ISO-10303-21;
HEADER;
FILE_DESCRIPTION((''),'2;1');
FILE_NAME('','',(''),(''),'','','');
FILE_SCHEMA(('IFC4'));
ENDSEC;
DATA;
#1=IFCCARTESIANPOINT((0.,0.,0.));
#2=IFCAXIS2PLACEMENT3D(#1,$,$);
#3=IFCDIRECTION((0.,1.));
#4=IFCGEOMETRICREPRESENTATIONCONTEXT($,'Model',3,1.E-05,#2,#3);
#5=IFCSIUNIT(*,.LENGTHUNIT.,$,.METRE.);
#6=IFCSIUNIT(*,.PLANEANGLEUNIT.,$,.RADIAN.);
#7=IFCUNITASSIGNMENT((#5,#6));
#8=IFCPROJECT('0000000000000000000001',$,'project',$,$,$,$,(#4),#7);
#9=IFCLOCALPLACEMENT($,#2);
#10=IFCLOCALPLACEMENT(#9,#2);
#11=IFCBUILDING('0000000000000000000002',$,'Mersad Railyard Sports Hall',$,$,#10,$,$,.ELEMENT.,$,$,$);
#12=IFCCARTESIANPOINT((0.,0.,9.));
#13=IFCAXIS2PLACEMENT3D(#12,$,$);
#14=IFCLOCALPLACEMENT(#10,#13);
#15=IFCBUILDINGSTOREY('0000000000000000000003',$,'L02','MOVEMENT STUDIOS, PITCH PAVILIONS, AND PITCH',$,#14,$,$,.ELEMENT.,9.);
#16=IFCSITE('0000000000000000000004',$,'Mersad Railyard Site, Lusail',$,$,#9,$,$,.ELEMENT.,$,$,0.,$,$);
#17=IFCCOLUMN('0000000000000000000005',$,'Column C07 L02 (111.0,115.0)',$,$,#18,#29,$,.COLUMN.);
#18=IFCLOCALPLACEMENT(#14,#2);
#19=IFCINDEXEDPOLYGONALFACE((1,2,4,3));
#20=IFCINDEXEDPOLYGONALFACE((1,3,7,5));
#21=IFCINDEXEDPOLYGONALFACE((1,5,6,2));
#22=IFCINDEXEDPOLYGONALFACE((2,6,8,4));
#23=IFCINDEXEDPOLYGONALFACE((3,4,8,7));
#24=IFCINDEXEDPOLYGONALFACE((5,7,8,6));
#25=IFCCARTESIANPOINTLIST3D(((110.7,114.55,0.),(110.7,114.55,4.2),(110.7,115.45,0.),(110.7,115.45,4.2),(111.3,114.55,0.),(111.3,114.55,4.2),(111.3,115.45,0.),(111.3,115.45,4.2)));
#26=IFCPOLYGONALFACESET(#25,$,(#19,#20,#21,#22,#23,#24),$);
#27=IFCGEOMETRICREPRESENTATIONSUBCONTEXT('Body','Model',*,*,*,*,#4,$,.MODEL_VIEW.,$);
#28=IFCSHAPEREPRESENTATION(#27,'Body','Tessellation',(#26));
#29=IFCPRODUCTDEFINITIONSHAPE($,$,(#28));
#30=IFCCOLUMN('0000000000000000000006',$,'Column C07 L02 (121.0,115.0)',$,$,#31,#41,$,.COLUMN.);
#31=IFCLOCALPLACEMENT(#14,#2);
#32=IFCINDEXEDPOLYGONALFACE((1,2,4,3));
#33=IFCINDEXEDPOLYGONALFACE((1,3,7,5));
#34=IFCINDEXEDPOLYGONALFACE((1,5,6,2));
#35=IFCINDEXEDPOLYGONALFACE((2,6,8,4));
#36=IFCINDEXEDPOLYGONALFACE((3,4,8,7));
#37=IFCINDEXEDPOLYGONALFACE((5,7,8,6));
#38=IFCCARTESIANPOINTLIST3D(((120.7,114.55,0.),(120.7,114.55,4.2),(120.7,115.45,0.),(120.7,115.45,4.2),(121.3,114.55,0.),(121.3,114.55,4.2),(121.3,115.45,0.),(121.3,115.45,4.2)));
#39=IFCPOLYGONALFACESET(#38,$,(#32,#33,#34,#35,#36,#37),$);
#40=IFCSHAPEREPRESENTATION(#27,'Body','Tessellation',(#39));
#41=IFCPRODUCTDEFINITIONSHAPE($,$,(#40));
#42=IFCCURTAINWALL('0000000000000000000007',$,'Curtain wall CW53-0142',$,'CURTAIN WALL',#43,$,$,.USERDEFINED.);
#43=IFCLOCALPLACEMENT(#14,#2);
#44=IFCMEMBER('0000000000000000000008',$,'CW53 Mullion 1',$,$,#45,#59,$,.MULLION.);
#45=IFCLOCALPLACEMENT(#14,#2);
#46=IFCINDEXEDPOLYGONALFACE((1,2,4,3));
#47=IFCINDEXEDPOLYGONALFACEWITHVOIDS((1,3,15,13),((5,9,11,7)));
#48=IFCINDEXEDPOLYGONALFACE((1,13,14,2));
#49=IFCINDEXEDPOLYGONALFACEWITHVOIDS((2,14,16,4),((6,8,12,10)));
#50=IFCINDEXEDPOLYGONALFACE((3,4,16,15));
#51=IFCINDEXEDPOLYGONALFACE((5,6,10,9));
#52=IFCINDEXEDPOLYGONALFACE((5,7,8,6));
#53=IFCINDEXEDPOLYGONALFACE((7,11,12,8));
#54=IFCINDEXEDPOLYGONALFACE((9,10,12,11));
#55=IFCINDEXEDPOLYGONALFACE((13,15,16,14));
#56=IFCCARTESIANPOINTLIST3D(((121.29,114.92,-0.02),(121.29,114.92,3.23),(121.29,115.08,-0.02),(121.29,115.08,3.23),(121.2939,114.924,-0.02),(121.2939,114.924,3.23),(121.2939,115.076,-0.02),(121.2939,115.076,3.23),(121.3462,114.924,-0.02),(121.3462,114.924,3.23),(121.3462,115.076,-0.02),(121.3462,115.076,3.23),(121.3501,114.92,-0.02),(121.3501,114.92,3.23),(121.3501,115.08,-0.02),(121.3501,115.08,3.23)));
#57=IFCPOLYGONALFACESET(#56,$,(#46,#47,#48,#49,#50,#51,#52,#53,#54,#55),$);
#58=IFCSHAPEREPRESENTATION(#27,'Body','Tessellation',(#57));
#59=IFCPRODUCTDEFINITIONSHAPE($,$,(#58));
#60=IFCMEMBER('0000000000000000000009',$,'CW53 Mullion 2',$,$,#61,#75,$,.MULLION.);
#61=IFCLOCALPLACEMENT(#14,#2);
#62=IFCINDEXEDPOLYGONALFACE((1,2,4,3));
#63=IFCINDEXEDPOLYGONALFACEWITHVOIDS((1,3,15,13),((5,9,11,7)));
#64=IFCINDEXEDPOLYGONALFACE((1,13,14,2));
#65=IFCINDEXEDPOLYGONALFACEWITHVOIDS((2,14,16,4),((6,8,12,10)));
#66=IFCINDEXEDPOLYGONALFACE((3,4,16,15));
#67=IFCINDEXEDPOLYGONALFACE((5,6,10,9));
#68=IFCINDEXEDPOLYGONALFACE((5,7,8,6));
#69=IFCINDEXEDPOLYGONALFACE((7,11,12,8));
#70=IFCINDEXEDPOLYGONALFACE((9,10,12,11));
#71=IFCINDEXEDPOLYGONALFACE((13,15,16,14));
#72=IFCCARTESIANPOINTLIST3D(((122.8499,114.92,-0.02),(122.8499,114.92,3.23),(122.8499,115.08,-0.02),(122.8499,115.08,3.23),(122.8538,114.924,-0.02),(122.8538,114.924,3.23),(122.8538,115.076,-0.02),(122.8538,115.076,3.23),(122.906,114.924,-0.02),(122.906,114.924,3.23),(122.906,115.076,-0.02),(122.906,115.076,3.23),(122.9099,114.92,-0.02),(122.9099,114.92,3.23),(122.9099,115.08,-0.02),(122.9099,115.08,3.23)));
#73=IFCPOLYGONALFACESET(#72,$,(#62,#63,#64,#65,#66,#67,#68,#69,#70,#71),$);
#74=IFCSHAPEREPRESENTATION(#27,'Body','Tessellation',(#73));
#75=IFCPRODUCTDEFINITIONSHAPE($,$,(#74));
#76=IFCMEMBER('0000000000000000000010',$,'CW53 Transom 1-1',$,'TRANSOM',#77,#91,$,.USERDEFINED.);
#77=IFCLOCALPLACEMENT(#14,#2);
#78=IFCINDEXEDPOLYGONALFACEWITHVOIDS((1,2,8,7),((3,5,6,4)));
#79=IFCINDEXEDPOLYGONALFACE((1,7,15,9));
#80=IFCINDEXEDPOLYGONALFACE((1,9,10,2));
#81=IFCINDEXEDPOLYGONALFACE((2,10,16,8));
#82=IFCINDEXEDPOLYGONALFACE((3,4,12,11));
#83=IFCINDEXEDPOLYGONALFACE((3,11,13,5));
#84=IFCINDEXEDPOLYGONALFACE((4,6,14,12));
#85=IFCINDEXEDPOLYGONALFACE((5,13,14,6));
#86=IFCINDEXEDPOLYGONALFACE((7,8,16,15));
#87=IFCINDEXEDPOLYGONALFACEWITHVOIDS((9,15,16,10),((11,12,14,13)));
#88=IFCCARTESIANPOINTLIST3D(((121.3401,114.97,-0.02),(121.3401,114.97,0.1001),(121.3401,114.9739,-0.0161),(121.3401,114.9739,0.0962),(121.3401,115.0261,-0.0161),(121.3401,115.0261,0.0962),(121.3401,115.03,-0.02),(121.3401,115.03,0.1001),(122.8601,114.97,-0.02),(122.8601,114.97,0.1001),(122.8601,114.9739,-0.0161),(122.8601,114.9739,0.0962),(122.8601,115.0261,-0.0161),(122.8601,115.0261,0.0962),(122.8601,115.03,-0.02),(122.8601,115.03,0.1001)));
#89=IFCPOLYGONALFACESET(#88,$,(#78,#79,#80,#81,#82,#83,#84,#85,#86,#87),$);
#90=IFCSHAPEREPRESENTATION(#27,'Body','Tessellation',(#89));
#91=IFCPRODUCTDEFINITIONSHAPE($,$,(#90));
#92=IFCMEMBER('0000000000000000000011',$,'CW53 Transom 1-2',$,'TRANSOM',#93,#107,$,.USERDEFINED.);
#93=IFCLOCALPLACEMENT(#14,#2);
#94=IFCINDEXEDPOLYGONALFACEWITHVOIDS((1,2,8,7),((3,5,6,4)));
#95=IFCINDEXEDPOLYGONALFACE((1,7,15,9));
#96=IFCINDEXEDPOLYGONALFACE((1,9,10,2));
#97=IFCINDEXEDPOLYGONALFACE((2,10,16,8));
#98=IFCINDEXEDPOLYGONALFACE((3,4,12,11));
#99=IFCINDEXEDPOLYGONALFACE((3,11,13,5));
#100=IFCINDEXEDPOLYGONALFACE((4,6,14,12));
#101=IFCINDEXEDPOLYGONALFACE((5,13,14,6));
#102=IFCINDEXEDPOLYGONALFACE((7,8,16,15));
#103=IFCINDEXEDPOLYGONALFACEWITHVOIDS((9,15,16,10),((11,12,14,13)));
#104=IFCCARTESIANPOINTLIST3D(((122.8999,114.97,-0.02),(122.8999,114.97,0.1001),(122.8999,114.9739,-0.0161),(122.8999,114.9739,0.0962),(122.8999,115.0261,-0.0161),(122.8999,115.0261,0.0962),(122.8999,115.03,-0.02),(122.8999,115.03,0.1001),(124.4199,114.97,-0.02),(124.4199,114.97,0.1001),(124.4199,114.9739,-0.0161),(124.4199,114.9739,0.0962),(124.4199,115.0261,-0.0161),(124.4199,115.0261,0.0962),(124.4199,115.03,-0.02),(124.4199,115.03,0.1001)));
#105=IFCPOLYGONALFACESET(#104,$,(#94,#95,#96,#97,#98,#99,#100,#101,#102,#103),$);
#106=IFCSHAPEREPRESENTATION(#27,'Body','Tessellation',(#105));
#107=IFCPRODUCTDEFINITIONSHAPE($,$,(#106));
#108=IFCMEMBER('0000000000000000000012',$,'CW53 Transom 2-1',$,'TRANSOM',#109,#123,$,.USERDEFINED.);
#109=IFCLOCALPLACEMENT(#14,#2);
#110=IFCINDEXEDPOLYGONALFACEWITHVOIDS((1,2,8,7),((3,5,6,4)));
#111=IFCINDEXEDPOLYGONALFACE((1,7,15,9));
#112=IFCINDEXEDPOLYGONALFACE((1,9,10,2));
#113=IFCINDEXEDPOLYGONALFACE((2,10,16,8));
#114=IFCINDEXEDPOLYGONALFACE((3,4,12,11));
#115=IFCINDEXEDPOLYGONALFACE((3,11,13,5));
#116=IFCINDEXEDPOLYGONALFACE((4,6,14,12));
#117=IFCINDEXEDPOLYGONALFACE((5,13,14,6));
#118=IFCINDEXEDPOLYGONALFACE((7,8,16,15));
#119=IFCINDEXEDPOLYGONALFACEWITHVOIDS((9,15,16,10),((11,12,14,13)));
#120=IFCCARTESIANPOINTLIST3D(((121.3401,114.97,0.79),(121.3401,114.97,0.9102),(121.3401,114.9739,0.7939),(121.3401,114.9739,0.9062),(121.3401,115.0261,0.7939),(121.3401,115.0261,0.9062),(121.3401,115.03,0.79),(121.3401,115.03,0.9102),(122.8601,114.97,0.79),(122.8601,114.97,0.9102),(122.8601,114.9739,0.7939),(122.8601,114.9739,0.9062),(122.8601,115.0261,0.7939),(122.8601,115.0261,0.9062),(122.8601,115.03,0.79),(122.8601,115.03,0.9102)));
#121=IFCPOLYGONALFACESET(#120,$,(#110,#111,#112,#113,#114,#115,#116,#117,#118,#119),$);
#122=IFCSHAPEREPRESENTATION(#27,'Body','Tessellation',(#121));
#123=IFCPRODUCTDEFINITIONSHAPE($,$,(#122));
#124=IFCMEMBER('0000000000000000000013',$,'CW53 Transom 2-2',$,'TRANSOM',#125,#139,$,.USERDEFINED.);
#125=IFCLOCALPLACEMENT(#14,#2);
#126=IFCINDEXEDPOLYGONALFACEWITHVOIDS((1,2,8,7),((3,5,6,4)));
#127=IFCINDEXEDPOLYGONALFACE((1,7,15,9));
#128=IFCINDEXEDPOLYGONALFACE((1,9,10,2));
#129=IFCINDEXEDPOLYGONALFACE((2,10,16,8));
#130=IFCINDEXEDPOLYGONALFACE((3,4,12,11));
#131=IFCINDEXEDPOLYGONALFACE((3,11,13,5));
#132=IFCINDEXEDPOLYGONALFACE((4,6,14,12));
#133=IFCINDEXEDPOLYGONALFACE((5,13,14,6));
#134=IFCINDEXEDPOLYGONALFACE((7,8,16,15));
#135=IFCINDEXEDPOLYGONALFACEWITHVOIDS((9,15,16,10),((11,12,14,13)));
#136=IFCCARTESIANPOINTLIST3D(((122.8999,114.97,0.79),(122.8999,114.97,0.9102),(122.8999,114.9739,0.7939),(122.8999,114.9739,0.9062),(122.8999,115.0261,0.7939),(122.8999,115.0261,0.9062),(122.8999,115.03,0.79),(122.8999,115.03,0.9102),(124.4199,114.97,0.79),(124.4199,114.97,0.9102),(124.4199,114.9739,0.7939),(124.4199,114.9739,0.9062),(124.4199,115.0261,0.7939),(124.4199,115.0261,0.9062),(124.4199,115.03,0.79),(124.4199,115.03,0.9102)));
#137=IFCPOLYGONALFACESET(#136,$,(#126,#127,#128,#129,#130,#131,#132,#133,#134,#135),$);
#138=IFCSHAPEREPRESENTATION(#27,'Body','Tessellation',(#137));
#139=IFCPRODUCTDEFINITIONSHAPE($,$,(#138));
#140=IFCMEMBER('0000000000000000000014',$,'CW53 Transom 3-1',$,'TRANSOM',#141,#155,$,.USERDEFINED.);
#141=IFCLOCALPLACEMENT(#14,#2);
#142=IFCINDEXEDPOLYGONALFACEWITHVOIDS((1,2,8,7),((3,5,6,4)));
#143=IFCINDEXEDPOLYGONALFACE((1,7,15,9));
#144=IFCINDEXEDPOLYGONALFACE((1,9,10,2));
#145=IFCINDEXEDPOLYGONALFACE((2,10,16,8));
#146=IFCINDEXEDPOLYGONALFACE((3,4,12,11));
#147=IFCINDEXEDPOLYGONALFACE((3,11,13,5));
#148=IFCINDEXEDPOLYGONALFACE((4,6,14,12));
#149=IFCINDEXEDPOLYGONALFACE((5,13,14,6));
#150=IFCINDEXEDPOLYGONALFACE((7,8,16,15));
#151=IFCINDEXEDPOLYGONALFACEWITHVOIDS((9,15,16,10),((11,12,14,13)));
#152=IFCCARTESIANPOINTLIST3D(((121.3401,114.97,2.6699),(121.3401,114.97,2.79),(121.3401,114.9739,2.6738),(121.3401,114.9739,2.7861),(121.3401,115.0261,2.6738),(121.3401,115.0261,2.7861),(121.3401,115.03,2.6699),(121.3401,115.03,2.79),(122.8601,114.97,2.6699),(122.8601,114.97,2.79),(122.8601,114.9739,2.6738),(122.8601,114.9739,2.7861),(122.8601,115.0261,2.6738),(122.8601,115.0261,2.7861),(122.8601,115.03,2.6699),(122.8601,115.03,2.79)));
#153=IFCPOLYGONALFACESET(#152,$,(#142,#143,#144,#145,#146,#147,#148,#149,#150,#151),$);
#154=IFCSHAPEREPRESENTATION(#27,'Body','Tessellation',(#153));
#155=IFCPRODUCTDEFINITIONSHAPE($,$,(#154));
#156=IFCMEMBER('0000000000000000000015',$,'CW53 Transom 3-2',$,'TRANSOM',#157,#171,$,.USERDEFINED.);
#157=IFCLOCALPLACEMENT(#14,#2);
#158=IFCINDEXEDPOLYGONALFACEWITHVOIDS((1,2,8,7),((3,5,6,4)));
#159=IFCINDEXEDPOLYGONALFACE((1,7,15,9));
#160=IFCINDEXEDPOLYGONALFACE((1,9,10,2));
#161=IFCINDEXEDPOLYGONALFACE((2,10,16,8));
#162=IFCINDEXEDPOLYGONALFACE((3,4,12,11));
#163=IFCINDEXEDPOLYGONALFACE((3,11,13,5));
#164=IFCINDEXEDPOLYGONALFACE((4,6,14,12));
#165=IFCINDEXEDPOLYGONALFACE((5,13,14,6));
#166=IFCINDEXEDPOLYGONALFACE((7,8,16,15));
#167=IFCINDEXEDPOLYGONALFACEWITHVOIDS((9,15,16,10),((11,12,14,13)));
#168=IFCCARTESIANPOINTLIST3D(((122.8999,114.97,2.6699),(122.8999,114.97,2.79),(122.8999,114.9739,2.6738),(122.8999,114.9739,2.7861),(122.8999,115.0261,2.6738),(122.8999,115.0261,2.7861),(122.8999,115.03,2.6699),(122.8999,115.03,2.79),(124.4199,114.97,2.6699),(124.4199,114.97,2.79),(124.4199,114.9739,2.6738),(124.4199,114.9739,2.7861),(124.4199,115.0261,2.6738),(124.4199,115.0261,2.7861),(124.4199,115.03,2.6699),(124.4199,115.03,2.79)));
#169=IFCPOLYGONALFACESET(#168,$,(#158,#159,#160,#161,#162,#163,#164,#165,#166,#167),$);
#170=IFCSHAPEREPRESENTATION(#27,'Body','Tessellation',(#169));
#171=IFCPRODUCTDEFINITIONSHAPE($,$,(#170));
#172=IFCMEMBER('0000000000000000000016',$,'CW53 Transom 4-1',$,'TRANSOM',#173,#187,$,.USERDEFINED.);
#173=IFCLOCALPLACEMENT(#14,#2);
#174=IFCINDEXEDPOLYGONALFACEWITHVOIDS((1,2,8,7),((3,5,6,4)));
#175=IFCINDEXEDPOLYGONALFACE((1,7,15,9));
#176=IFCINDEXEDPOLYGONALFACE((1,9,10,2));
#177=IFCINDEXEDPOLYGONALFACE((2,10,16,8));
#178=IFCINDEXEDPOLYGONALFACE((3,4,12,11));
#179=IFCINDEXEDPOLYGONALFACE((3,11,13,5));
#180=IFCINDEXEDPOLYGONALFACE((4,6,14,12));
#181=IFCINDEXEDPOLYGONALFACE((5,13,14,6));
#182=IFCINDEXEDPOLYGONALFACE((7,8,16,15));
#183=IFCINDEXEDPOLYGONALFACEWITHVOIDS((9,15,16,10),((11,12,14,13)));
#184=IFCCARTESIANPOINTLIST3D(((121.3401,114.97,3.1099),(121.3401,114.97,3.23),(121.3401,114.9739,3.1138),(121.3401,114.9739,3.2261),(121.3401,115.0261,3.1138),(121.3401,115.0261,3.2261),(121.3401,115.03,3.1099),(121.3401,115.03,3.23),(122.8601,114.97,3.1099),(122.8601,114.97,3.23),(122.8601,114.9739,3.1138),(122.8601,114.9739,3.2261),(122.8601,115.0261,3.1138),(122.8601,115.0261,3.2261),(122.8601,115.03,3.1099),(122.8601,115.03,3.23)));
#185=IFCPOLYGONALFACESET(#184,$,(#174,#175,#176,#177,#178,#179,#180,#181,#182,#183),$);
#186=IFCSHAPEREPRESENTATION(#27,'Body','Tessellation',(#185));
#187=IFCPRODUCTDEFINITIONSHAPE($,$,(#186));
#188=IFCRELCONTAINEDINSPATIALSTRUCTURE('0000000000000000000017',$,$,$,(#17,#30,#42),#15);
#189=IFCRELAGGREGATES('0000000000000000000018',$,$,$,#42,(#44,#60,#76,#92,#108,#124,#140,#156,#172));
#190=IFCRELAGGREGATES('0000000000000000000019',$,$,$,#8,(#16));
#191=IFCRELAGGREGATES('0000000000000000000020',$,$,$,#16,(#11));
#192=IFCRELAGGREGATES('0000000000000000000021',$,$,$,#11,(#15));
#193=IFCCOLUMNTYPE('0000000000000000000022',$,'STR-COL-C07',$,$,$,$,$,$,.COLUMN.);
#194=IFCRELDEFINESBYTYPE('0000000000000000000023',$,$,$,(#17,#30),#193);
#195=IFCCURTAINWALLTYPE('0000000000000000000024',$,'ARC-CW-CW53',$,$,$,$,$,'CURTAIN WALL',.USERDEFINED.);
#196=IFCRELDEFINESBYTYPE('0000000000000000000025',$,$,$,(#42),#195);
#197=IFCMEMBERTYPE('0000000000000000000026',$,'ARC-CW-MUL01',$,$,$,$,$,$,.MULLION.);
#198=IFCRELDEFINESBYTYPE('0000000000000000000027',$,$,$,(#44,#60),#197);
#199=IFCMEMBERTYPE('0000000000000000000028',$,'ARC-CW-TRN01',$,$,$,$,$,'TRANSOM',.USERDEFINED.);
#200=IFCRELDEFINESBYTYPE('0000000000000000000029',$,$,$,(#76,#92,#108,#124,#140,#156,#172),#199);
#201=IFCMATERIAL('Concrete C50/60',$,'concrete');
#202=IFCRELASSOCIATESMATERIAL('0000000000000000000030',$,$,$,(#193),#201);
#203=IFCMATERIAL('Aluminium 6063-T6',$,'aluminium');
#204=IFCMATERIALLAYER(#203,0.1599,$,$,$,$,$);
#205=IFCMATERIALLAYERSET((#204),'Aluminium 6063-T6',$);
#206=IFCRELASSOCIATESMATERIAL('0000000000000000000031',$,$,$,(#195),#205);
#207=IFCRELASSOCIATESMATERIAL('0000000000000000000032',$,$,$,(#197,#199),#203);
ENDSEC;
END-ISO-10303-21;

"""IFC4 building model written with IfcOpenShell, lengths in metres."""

from ifc_helpers import new_model, si_unit, direction, frame, origin, origin_2d, place, context, subcontext, project, spatial, rectangle, hollow_rectangle, extrude, material, layer, layer_set, material_profile, profile_set, type_object, element, aggregate, save


model = new_model("IFC4")

# Units and contexts
model_context = context("Model", 3, precision=1e-05, world=origin(), true_north=direction((0.0, 1.0)))
body_context = subcontext(model_context, "Body", "Model", "MODEL_VIEW")
ifc_project = project(units=[si_unit("LENGTHUNIT", "METRE"), si_unit("PLANEANGLEUNIT", "RADIAN")], contexts=[model_context])

# Site, building, storey
site_placement = place(None, origin())
site = spatial("IfcSite", under=ifc_project, at=site_placement, Name="Mersad Railyard Site, Lusail", CompositionType="ELEMENT", RefElevation=0.0)
building_placement = place(site_placement, origin())
building = spatial("IfcBuilding", under=site, at=building_placement, Name="Mersad Railyard Sports Hall", CompositionType="ELEMENT")
storey_placement = place(building_placement, frame((0.0, 0.0, 9.0)))
storey = spatial("IfcBuildingStorey", under=building, at=storey_placement, Name="L02", Description="MOVEMENT STUDIOS, PITCH PAVILIONS, AND PITCH", CompositionType="ELEMENT", Elevation=9.0)

# Columns
ifc_material_1 = material(Name="Concrete C50/60", Category="concrete")
ifc_material_profile_1 = material_profile(ifc_material_1, rectangle(XDim=0.6001, YDim=0.8999, at=origin_2d()), Name="RC 600x900")
ifc_profile_set_1 = profile_set([ifc_material_profile_1], Name="Concrete C50/60")
column_type = type_object("IfcColumnType", Name="STR-COL-C07", PredefinedType="COLUMN", material=ifc_profile_set_1)
for number, where, z_axis, x_axis, name in (
    (1, (111.0, 115.0, 0.0), (0.0, 0.0, 1.0), (1.0, 0.0, 0.0), "Column C07 L02 (111.0,115.0)"),
    (2, (121.0, 115.0, 0.0), (0.0, 0.0, 1.0), (1.0, 0.0, 0.0), "Column C07 L02 (121.0,115.0)"),
):
    element("IfcColumn", number, at=place(storey_placement, frame(where, z_axis=z_axis, x_axis=x_axis)), inside=storey, type_object=column_type, Name=name, PredefinedType="COLUMN", context=body_context, shape_type="SweptSolid", body=[
        extrude(rectangle(XDim=0.6001, YDim=0.8999, at=origin_2d()), origin(), (0.0, 0.0, 1.0), 4.2),
    ])

# Curtain wall, members
ifc_material_2 = material(Name="Aluminium 6063-T6", Category="aluminium")
ifc_layer_1 = layer(ifc_material_2, 0.1599)
ifc_layer_set_1 = layer_set([ifc_layer_1], Name="Aluminium 6063-T6")
curtain_wall_type = type_object("IfcCurtainWallType", Name="ARC-CW-CW53", ElementType="CURTAIN WALL", PredefinedType="USERDEFINED", material=ifc_layer_set_1)
curtain_wall_placement = place(storey_placement, origin())
curtain_wall = element("IfcCurtainWall", 3, at=curtain_wall_placement, inside=storey, type_object=curtain_wall_type, Name="Curtain wall CW53-0142", ObjectType="CURTAIN WALL", PredefinedType="USERDEFINED")
ifc_material_profile_2 = material_profile(ifc_material_2, hollow_rectangle(XDim=0.0601, YDim=0.1599, WallThickness=0.0039, at=origin_2d()), Name="AL MULLION 60x160x4")
ifc_profile_set_2 = profile_set([ifc_material_profile_2], Name="Aluminium 6063-T6")
member_type_1 = type_object("IfcMemberType", Name="ARC-CW-MUL01", PredefinedType="MULLION", material=ifc_profile_set_2)
member_1_placement = place(storey_placement, frame((121.3201, 115.0, -0.02), z_axis=(0.0, 0.0, 1.0), x_axis=(1.0, 0.0, 0.0)))
member_1 = element("IfcMember", 4, at=member_1_placement, type_object=member_type_1, Name="CW53 Mullion 1", PredefinedType="MULLION", context=body_context, shape_type="SweptSolid", body=[
    extrude(hollow_rectangle(XDim=0.0601, YDim=0.1599, WallThickness=0.0039, at=origin_2d()), origin(), (0.0, 0.0, 1.0), 3.25),
])
member_2_placement = place(storey_placement, frame((122.8799, 115.0, -0.02), z_axis=(0.0, 0.0, 1.0), x_axis=(1.0, 0.0, 0.0)))
member_2 = element("IfcMember", 5, at=member_2_placement, type_object=member_type_1, Name="CW53 Mullion 2", PredefinedType="MULLION", context=body_context, shape_type="SweptSolid", body=[
    extrude(hollow_rectangle(XDim=0.0601, YDim=0.1599, WallThickness=0.0039, at=origin_2d()), origin(), (0.0, 0.0, 1.0), 3.25),
])
ifc_material_profile_3 = material_profile(ifc_material_2, hollow_rectangle(XDim=0.0601, YDim=0.1201, WallThickness=0.0039, at=origin_2d()), Name="AL TRANSOM 60x120x4")
ifc_profile_set_3 = profile_set([ifc_material_profile_3], Name="Aluminium 6063-T6")
member_type_2 = type_object("IfcMemberType", Name="ARC-CW-TRN01", ElementType="TRANSOM", PredefinedType="USERDEFINED", material=ifc_profile_set_3)
member_3_placement = place(storey_placement, frame((121.3401, 115.0, 0.04), z_axis=(1.0, 0.0, 0.0), x_axis=(0.0, 1.0, 0.0)))
member_3 = element("IfcMember", 6, at=member_3_placement, type_object=member_type_2, Name="CW53 Transom 1-1", ObjectType="TRANSOM", PredefinedType="USERDEFINED", context=body_context, shape_type="SweptSolid", body=[
    extrude(hollow_rectangle(XDim=0.0601, YDim=0.1201, WallThickness=0.0039, at=origin_2d()), origin(), (0.0, 0.0, 1.0), 1.52),
])
member_4_placement = place(storey_placement, frame((122.8999, 115.0, 0.04), z_axis=(1.0, 0.0, 0.0), x_axis=(0.0, 1.0, 0.0)))
member_4 = element("IfcMember", 7, at=member_4_placement, type_object=member_type_2, Name="CW53 Transom 1-2", ObjectType="TRANSOM", PredefinedType="USERDEFINED", context=body_context, shape_type="SweptSolid", body=[
    extrude(hollow_rectangle(XDim=0.0601, YDim=0.1201, WallThickness=0.0039, at=origin_2d()), origin(), (0.0, 0.0, 1.0), 1.52),
])
member_5_placement = place(storey_placement, frame((121.3401, 115.0, 0.8501), z_axis=(1.0, 0.0, 0.0), x_axis=(0.0, 1.0, 0.0)))
member_5 = element("IfcMember", 8, at=member_5_placement, type_object=member_type_2, Name="CW53 Transom 2-1", ObjectType="TRANSOM", PredefinedType="USERDEFINED", context=body_context, shape_type="SweptSolid", body=[
    extrude(hollow_rectangle(XDim=0.0601, YDim=0.1201, WallThickness=0.0039, at=origin_2d()), origin(), (0.0, 0.0, 1.0), 1.52),
])
member_6_placement = place(storey_placement, frame((122.8999, 115.0, 0.8501), z_axis=(1.0, 0.0, 0.0), x_axis=(0.0, 1.0, 0.0)))
member_6 = element("IfcMember", 9, at=member_6_placement, type_object=member_type_2, Name="CW53 Transom 2-2", ObjectType="TRANSOM", PredefinedType="USERDEFINED", context=body_context, shape_type="SweptSolid", body=[
    extrude(hollow_rectangle(XDim=0.0601, YDim=0.1201, WallThickness=0.0039, at=origin_2d()), origin(), (0.0, 0.0, 1.0), 1.52),
])
member_7_placement = place(storey_placement, frame((121.3401, 115.0, 2.73), z_axis=(1.0, 0.0, 0.0), x_axis=(0.0, 1.0, 0.0)))
member_7 = element("IfcMember", 10, at=member_7_placement, type_object=member_type_2, Name="CW53 Transom 3-1", ObjectType="TRANSOM", PredefinedType="USERDEFINED", context=body_context, shape_type="SweptSolid", body=[
    extrude(hollow_rectangle(XDim=0.0601, YDim=0.1201, WallThickness=0.0039, at=origin_2d()), origin(), (0.0, 0.0, 1.0), 1.52),
])
member_8_placement = place(storey_placement, frame((122.8999, 115.0, 2.73), z_axis=(1.0, 0.0, 0.0), x_axis=(0.0, 1.0, 0.0)))
member_8 = element("IfcMember", 11, at=member_8_placement, type_object=member_type_2, Name="CW53 Transom 3-2", ObjectType="TRANSOM", PredefinedType="USERDEFINED", context=body_context, shape_type="SweptSolid", body=[
    extrude(hollow_rectangle(XDim=0.0601, YDim=0.1201, WallThickness=0.0039, at=origin_2d()), origin(), (0.0, 0.0, 1.0), 1.52),
])
member_9_placement = place(storey_placement, frame((121.3401, 115.0, 3.1699), z_axis=(1.0, 0.0, 0.0), x_axis=(0.0, 1.0, 0.0)))
member_9 = element("IfcMember", 12, at=member_9_placement, type_object=member_type_2, Name="CW53 Transom 4-1", ObjectType="TRANSOM", PredefinedType="USERDEFINED", context=body_context, shape_type="SweptSolid", body=[
    extrude(hollow_rectangle(XDim=0.0601, YDim=0.1201, WallThickness=0.0039, at=origin_2d()), origin(), (0.0, 0.0, 1.0), 1.52),
])

aggregate(curtain_wall, [member_1, member_2, member_3, member_4, member_5, member_6, member_7, member_8, member_9])

save(model, "model.ifc")
